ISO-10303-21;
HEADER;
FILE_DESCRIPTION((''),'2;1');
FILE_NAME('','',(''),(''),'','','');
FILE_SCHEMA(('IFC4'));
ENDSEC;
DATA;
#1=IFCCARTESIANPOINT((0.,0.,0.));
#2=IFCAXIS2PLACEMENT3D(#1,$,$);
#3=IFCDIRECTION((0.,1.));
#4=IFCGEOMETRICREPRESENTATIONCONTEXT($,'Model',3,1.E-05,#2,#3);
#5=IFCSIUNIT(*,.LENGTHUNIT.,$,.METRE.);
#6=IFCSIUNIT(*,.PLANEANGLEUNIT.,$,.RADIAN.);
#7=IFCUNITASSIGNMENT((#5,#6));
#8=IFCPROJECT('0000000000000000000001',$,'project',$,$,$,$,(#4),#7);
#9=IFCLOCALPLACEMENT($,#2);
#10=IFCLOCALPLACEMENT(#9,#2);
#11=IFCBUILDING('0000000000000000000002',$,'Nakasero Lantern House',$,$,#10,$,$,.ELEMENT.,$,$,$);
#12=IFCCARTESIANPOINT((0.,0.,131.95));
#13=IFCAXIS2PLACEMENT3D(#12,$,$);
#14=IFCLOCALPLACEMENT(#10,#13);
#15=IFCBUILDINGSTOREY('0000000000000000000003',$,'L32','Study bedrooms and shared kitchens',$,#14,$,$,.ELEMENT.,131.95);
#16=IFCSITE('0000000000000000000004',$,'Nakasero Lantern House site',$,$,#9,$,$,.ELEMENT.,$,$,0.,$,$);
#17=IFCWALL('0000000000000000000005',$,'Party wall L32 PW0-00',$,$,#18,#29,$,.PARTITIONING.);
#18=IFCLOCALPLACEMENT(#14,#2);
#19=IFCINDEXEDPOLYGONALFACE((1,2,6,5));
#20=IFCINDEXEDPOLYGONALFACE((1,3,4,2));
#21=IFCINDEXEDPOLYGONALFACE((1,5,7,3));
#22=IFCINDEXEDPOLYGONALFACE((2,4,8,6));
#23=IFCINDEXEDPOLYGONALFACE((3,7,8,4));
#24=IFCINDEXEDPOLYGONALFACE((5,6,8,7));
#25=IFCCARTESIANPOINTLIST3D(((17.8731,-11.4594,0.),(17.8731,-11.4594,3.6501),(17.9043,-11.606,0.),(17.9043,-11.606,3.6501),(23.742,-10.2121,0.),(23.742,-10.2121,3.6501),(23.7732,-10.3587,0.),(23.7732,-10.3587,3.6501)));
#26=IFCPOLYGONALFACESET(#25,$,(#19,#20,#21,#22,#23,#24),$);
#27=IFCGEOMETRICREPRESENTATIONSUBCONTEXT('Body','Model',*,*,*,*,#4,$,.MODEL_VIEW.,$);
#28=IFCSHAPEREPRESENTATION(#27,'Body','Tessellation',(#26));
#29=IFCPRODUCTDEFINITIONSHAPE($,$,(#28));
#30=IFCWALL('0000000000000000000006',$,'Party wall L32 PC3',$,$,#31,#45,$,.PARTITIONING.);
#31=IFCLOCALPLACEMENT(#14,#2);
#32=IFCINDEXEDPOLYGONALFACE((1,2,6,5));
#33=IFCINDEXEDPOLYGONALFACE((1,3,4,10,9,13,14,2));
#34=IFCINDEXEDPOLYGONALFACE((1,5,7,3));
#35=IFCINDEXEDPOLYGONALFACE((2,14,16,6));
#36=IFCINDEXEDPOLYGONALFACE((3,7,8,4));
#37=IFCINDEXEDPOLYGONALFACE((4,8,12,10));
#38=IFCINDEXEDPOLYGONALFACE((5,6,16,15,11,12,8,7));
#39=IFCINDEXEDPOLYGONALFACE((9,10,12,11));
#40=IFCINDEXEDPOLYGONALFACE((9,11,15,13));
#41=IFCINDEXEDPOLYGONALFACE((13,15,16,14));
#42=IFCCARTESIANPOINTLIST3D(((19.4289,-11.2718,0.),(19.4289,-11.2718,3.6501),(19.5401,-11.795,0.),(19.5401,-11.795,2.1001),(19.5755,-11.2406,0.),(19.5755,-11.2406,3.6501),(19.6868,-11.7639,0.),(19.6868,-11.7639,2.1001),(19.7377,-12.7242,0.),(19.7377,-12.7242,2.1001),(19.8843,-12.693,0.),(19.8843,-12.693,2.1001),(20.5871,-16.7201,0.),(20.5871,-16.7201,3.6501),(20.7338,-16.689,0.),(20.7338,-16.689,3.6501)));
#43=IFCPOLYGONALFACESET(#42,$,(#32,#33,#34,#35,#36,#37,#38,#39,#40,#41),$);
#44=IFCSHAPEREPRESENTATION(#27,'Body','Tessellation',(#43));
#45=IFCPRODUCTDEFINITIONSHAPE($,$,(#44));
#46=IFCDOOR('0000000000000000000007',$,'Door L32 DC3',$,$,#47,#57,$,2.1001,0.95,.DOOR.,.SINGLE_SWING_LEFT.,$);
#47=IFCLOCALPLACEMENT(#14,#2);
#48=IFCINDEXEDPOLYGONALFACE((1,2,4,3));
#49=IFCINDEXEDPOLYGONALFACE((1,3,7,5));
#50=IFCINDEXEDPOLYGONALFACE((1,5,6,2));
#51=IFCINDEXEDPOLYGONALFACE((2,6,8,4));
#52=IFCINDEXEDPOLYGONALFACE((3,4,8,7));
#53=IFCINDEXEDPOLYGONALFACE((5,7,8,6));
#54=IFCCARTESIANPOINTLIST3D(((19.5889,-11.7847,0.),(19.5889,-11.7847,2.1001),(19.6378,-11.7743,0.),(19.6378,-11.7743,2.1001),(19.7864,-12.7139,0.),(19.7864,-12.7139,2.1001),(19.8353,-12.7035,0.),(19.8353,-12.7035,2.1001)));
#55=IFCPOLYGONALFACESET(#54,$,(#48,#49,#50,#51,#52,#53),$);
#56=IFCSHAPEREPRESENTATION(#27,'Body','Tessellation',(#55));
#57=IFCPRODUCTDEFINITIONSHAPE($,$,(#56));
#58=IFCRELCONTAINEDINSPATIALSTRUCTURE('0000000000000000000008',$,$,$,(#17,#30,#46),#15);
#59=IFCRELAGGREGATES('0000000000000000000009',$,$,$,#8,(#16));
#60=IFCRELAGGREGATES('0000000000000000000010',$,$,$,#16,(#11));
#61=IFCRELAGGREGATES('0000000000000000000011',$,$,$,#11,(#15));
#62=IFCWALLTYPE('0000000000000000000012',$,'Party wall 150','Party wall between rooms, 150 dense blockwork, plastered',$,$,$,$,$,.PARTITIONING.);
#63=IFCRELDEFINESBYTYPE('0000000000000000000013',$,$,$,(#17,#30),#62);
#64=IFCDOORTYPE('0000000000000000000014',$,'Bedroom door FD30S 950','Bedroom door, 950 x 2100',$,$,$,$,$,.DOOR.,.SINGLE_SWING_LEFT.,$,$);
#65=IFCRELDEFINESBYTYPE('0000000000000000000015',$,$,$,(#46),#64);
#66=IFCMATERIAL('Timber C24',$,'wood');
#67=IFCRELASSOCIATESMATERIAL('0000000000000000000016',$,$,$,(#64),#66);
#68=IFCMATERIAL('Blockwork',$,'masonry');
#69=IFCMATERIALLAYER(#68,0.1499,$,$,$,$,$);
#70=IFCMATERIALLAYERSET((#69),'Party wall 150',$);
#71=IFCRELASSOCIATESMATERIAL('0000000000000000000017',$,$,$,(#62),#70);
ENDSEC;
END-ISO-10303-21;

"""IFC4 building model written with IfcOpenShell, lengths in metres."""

from ifc_helpers import new_model, si_unit, direction, frame, frame_2d, origin, place, context, subcontext, project, spatial, rectangle, extrude, material, layer, layer_set, type_object, element, fill, save


model = new_model("IFC4")

# Units and contexts
model_context = context("Model", 3, precision=1e-05, world=origin(), true_north=direction((0.0, 1.0)))
body_context = subcontext(model_context, "Body", "Model", "MODEL_VIEW")
ifc_project = project(units=[si_unit("LENGTHUNIT", "METRE"), si_unit("PLANEANGLEUNIT", "RADIAN")], contexts=[model_context])

# Site, building, storey
site_placement = place(None, origin())
site = spatial("IfcSite", under=ifc_project, at=site_placement, Name="Nakasero Lantern House site", CompositionType="ELEMENT", RefElevation=0.0)
building_placement = place(site_placement, origin())
building = spatial("IfcBuilding", under=site, at=building_placement, Name="Nakasero Lantern House", CompositionType="ELEMENT")
storey_placement = place(building_placement, frame((0.0, 0.0, 131.95)))
storey = spatial("IfcBuildingStorey", under=building, at=storey_placement, Name="L32", Description="Study bedrooms and shared kitchens", CompositionType="ELEMENT", Elevation=131.95)

# Shared definitions
ifc_material_1 = material(Name="Timber C24", Category="wood")
door_type_1 = type_object("IfcDoorType", Name="Bedroom door FD30S 950", Description="Bedroom door, 950 x 2100", OperationType="SINGLE_SWING_LEFT", PredefinedType="DOOR", material=ifc_material_1)

# Wall
ifc_material_2 = material(Name="Blockwork", Category="masonry")
ifc_layer_1 = layer(ifc_material_2, 0.1499)
ifc_layer_set_1 = layer_set([ifc_layer_1], Name="Party wall 150")
wall_type_1 = type_object("IfcWallType", Name="Party wall 150", Description="Party wall between rooms, 150 dense blockwork, plastered", PredefinedType="PARTITIONING", material=ifc_layer_set_1)
wall_1_placement = place(storey_placement, frame((17.8887, -11.5327, 0.0), z_axis=(0.0, 0.0, 1.0), x_axis=(0.978153, 0.207886, 0.0)))
element("IfcWall", 1, at=wall_1_placement, inside=storey, type_object=wall_type_1, Name="Party wall L32 PW0-00", PredefinedType="PARTITIONING", context=body_context, shape_type="SweptSolid", body=[
    extrude(rectangle(XDim=6.0, YDim=0.1499, at=frame_2d((3.0, 0.0))), origin(), (0.0, 0.0, 1.0), 3.6501),
])

# Wall, opening, door
wall_2_placement = place(storey_placement, frame((19.5022, -11.2561, 0.0), z_axis=(0.0, 0.0, 1.0), x_axis=(0.207936, -0.978142, 0.0)))
wall_2 = element("IfcWall", 2, at=wall_2_placement, inside=storey, type_object=wall_type_1, Name="Party wall L32 PC3", PredefinedType="PARTITIONING", context=body_context, shape_type="SweptSolid", body=[
    extrude(rectangle(XDim=5.5701, YDim=0.1499, at=frame_2d((2.7852, 0.0))), origin(), (0.0, 0.0, 1.0), 3.6501),
])
opening_1_placement = place(wall_2_placement, frame((0.5349, 0.0, 0.0)))
opening_1 = element("IfcOpeningElement", 3, at=opening_1_placement, cuts=wall_2, PredefinedType="OPENING", context=body_context, shape_type="SweptSolid", body=[
    extrude(rectangle(XDim=0.95, YDim=2.1001, at=frame_2d((0.4751, 1.05))), frame((0.0, 0.095, 0.0), z_axis=(0.0, -1.0, 0.0), x_axis=(1.0, 0.0, 0.0)), (0.0, 0.0, 1.0), 0.1899),
])
door_1_placement = place(opening_1_placement, origin())
door_1 = element("IfcDoor", 4, at=door_1_placement, inside=storey, type_object=door_type_1, Name="Door L32 DC3", OperationType="SINGLE_SWING_LEFT", OverallHeight=2.1001, OverallWidth=0.95, PredefinedType="DOOR", context=body_context, shape_type="SweptSolid", body=[
    extrude(rectangle(XDim=0.95, YDim=2.1001, at=frame_2d((0.4751, 1.05))), frame((0.0, 0.0249, 0.0), z_axis=(0.0, -1.0, 0.0), x_axis=(1.0, 0.0, 0.0)), (0.0, 0.0, 1.0), 0.05),
])
fill(opening_1, door_1)

save(model, "model.ifc")
